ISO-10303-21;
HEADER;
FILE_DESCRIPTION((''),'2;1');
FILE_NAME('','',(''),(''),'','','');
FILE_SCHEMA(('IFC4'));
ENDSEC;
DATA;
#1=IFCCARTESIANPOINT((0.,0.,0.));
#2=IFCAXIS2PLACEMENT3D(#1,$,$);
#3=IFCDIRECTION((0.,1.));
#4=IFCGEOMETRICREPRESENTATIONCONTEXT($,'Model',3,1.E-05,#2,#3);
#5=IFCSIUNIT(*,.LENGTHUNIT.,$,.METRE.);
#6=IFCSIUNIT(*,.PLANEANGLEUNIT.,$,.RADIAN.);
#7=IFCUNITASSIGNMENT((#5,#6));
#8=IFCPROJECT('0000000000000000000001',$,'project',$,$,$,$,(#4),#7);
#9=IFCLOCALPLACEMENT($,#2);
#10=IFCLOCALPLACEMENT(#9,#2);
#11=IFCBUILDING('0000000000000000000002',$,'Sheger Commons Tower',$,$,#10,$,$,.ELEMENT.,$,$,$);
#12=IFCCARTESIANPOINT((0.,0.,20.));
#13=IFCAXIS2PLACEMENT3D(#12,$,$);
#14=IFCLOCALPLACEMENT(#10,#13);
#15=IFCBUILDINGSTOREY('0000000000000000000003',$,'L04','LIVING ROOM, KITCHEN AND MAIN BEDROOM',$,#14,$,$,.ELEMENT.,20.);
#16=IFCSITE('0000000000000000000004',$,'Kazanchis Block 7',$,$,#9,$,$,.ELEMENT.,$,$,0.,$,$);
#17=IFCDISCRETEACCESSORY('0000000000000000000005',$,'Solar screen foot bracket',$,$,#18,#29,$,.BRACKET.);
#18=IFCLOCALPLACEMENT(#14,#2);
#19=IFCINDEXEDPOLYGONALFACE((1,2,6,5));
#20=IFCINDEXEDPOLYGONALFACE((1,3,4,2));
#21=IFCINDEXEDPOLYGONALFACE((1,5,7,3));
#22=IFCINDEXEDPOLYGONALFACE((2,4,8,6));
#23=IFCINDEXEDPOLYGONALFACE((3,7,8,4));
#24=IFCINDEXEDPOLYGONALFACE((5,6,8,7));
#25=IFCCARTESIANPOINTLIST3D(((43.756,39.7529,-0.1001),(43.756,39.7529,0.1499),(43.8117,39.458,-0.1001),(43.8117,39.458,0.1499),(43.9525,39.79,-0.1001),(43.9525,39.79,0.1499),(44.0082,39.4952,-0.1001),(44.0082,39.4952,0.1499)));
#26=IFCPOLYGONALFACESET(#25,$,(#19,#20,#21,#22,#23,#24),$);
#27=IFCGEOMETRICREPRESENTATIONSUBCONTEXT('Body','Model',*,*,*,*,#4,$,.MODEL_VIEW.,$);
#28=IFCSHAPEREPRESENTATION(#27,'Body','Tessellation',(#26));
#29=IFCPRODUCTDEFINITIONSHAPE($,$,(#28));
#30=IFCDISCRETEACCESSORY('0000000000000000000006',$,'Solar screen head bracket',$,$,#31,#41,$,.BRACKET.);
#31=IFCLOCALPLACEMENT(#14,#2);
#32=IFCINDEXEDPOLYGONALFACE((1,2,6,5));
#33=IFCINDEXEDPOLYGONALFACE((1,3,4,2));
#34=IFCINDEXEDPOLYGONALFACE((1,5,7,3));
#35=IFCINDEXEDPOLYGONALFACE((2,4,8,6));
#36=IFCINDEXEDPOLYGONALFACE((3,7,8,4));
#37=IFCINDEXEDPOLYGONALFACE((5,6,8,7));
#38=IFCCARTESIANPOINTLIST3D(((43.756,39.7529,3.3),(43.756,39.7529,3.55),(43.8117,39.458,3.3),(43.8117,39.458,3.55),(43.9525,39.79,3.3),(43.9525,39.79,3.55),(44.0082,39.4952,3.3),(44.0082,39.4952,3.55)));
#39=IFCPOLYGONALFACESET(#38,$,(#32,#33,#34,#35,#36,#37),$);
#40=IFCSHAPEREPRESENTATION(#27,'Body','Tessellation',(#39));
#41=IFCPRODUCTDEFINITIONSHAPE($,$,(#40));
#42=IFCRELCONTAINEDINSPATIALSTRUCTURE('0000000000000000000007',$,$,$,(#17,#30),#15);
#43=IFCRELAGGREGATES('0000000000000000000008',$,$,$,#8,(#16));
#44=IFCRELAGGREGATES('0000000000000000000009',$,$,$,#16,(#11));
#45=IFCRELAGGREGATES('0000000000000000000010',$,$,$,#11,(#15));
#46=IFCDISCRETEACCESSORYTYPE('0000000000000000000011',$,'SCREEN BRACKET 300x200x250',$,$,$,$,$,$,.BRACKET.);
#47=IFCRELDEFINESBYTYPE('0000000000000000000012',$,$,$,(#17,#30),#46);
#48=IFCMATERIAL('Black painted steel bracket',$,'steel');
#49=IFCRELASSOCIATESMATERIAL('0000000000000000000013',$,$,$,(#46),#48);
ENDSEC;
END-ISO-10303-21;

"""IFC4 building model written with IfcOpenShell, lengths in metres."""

from ifc_helpers import new_model, si_unit, direction, frame, origin, origin_2d, place, context, subcontext, project, spatial, rectangle, extrude, material, type_object, element, save


model = new_model("IFC4")

# Units and contexts
model_context = context("Model", 3, precision=1e-05, world=origin(), true_north=direction((0.0, 1.0)))
body_context = subcontext(model_context, "Body", "Model", "MODEL_VIEW")
ifc_project = project(units=[si_unit("LENGTHUNIT", "METRE"), si_unit("PLANEANGLEUNIT", "RADIAN")], contexts=[model_context])

# Site, building, storey
site_placement = place(None, origin())
site = spatial("IfcSite", under=ifc_project, at=site_placement, Name="Kazanchis Block 7", CompositionType="ELEMENT", RefElevation=0.0)
building_placement = place(site_placement, origin())
building = spatial("IfcBuilding", under=site, at=building_placement, Name="Sheger Commons Tower", CompositionType="ELEMENT")
storey_placement = place(building_placement, frame((0.0, 0.0, 20.0)))
storey = spatial("IfcBuildingStorey", under=building, at=storey_placement, Name="L04", Description="LIVING ROOM, KITCHEN AND MAIN BEDROOM", CompositionType="ELEMENT", Elevation=20.0)

# Discrete accessories
ifc_material_1 = material(Name="Black painted steel bracket", Category="steel")
discrete_accessory_type = type_object("IfcDiscreteAccessoryType", Name="SCREEN BRACKET 300x200x250", PredefinedType="BRACKET", material=ifc_material_1)
for number, where, z_axis, x_axis, name in (
    (1, (43.8821, 39.624, -0.1001), (0.0, 0.0, 1.0), (-0.185615, 0.982623, 0.0), "Solar screen foot bracket"),
    (2, (43.8821, 39.624, 3.3), (0.0, 0.0, 1.0), (-0.185615, 0.982623, 0.0), "Solar screen head bracket"),
):
    element("IfcDiscreteAccessory", number, at=place(storey_placement, frame(where, z_axis=z_axis, x_axis=x_axis)), inside=storey, type_object=discrete_accessory_type, Name=name, PredefinedType="BRACKET", context=body_context, shape_type="SweptSolid", body=[
        extrude(rectangle(XDim=0.3, YDim=0.2, at=origin_2d()), origin(), (0.0, 0.0, 1.0), 0.25),
    ])

save(model, "model.ifc")
